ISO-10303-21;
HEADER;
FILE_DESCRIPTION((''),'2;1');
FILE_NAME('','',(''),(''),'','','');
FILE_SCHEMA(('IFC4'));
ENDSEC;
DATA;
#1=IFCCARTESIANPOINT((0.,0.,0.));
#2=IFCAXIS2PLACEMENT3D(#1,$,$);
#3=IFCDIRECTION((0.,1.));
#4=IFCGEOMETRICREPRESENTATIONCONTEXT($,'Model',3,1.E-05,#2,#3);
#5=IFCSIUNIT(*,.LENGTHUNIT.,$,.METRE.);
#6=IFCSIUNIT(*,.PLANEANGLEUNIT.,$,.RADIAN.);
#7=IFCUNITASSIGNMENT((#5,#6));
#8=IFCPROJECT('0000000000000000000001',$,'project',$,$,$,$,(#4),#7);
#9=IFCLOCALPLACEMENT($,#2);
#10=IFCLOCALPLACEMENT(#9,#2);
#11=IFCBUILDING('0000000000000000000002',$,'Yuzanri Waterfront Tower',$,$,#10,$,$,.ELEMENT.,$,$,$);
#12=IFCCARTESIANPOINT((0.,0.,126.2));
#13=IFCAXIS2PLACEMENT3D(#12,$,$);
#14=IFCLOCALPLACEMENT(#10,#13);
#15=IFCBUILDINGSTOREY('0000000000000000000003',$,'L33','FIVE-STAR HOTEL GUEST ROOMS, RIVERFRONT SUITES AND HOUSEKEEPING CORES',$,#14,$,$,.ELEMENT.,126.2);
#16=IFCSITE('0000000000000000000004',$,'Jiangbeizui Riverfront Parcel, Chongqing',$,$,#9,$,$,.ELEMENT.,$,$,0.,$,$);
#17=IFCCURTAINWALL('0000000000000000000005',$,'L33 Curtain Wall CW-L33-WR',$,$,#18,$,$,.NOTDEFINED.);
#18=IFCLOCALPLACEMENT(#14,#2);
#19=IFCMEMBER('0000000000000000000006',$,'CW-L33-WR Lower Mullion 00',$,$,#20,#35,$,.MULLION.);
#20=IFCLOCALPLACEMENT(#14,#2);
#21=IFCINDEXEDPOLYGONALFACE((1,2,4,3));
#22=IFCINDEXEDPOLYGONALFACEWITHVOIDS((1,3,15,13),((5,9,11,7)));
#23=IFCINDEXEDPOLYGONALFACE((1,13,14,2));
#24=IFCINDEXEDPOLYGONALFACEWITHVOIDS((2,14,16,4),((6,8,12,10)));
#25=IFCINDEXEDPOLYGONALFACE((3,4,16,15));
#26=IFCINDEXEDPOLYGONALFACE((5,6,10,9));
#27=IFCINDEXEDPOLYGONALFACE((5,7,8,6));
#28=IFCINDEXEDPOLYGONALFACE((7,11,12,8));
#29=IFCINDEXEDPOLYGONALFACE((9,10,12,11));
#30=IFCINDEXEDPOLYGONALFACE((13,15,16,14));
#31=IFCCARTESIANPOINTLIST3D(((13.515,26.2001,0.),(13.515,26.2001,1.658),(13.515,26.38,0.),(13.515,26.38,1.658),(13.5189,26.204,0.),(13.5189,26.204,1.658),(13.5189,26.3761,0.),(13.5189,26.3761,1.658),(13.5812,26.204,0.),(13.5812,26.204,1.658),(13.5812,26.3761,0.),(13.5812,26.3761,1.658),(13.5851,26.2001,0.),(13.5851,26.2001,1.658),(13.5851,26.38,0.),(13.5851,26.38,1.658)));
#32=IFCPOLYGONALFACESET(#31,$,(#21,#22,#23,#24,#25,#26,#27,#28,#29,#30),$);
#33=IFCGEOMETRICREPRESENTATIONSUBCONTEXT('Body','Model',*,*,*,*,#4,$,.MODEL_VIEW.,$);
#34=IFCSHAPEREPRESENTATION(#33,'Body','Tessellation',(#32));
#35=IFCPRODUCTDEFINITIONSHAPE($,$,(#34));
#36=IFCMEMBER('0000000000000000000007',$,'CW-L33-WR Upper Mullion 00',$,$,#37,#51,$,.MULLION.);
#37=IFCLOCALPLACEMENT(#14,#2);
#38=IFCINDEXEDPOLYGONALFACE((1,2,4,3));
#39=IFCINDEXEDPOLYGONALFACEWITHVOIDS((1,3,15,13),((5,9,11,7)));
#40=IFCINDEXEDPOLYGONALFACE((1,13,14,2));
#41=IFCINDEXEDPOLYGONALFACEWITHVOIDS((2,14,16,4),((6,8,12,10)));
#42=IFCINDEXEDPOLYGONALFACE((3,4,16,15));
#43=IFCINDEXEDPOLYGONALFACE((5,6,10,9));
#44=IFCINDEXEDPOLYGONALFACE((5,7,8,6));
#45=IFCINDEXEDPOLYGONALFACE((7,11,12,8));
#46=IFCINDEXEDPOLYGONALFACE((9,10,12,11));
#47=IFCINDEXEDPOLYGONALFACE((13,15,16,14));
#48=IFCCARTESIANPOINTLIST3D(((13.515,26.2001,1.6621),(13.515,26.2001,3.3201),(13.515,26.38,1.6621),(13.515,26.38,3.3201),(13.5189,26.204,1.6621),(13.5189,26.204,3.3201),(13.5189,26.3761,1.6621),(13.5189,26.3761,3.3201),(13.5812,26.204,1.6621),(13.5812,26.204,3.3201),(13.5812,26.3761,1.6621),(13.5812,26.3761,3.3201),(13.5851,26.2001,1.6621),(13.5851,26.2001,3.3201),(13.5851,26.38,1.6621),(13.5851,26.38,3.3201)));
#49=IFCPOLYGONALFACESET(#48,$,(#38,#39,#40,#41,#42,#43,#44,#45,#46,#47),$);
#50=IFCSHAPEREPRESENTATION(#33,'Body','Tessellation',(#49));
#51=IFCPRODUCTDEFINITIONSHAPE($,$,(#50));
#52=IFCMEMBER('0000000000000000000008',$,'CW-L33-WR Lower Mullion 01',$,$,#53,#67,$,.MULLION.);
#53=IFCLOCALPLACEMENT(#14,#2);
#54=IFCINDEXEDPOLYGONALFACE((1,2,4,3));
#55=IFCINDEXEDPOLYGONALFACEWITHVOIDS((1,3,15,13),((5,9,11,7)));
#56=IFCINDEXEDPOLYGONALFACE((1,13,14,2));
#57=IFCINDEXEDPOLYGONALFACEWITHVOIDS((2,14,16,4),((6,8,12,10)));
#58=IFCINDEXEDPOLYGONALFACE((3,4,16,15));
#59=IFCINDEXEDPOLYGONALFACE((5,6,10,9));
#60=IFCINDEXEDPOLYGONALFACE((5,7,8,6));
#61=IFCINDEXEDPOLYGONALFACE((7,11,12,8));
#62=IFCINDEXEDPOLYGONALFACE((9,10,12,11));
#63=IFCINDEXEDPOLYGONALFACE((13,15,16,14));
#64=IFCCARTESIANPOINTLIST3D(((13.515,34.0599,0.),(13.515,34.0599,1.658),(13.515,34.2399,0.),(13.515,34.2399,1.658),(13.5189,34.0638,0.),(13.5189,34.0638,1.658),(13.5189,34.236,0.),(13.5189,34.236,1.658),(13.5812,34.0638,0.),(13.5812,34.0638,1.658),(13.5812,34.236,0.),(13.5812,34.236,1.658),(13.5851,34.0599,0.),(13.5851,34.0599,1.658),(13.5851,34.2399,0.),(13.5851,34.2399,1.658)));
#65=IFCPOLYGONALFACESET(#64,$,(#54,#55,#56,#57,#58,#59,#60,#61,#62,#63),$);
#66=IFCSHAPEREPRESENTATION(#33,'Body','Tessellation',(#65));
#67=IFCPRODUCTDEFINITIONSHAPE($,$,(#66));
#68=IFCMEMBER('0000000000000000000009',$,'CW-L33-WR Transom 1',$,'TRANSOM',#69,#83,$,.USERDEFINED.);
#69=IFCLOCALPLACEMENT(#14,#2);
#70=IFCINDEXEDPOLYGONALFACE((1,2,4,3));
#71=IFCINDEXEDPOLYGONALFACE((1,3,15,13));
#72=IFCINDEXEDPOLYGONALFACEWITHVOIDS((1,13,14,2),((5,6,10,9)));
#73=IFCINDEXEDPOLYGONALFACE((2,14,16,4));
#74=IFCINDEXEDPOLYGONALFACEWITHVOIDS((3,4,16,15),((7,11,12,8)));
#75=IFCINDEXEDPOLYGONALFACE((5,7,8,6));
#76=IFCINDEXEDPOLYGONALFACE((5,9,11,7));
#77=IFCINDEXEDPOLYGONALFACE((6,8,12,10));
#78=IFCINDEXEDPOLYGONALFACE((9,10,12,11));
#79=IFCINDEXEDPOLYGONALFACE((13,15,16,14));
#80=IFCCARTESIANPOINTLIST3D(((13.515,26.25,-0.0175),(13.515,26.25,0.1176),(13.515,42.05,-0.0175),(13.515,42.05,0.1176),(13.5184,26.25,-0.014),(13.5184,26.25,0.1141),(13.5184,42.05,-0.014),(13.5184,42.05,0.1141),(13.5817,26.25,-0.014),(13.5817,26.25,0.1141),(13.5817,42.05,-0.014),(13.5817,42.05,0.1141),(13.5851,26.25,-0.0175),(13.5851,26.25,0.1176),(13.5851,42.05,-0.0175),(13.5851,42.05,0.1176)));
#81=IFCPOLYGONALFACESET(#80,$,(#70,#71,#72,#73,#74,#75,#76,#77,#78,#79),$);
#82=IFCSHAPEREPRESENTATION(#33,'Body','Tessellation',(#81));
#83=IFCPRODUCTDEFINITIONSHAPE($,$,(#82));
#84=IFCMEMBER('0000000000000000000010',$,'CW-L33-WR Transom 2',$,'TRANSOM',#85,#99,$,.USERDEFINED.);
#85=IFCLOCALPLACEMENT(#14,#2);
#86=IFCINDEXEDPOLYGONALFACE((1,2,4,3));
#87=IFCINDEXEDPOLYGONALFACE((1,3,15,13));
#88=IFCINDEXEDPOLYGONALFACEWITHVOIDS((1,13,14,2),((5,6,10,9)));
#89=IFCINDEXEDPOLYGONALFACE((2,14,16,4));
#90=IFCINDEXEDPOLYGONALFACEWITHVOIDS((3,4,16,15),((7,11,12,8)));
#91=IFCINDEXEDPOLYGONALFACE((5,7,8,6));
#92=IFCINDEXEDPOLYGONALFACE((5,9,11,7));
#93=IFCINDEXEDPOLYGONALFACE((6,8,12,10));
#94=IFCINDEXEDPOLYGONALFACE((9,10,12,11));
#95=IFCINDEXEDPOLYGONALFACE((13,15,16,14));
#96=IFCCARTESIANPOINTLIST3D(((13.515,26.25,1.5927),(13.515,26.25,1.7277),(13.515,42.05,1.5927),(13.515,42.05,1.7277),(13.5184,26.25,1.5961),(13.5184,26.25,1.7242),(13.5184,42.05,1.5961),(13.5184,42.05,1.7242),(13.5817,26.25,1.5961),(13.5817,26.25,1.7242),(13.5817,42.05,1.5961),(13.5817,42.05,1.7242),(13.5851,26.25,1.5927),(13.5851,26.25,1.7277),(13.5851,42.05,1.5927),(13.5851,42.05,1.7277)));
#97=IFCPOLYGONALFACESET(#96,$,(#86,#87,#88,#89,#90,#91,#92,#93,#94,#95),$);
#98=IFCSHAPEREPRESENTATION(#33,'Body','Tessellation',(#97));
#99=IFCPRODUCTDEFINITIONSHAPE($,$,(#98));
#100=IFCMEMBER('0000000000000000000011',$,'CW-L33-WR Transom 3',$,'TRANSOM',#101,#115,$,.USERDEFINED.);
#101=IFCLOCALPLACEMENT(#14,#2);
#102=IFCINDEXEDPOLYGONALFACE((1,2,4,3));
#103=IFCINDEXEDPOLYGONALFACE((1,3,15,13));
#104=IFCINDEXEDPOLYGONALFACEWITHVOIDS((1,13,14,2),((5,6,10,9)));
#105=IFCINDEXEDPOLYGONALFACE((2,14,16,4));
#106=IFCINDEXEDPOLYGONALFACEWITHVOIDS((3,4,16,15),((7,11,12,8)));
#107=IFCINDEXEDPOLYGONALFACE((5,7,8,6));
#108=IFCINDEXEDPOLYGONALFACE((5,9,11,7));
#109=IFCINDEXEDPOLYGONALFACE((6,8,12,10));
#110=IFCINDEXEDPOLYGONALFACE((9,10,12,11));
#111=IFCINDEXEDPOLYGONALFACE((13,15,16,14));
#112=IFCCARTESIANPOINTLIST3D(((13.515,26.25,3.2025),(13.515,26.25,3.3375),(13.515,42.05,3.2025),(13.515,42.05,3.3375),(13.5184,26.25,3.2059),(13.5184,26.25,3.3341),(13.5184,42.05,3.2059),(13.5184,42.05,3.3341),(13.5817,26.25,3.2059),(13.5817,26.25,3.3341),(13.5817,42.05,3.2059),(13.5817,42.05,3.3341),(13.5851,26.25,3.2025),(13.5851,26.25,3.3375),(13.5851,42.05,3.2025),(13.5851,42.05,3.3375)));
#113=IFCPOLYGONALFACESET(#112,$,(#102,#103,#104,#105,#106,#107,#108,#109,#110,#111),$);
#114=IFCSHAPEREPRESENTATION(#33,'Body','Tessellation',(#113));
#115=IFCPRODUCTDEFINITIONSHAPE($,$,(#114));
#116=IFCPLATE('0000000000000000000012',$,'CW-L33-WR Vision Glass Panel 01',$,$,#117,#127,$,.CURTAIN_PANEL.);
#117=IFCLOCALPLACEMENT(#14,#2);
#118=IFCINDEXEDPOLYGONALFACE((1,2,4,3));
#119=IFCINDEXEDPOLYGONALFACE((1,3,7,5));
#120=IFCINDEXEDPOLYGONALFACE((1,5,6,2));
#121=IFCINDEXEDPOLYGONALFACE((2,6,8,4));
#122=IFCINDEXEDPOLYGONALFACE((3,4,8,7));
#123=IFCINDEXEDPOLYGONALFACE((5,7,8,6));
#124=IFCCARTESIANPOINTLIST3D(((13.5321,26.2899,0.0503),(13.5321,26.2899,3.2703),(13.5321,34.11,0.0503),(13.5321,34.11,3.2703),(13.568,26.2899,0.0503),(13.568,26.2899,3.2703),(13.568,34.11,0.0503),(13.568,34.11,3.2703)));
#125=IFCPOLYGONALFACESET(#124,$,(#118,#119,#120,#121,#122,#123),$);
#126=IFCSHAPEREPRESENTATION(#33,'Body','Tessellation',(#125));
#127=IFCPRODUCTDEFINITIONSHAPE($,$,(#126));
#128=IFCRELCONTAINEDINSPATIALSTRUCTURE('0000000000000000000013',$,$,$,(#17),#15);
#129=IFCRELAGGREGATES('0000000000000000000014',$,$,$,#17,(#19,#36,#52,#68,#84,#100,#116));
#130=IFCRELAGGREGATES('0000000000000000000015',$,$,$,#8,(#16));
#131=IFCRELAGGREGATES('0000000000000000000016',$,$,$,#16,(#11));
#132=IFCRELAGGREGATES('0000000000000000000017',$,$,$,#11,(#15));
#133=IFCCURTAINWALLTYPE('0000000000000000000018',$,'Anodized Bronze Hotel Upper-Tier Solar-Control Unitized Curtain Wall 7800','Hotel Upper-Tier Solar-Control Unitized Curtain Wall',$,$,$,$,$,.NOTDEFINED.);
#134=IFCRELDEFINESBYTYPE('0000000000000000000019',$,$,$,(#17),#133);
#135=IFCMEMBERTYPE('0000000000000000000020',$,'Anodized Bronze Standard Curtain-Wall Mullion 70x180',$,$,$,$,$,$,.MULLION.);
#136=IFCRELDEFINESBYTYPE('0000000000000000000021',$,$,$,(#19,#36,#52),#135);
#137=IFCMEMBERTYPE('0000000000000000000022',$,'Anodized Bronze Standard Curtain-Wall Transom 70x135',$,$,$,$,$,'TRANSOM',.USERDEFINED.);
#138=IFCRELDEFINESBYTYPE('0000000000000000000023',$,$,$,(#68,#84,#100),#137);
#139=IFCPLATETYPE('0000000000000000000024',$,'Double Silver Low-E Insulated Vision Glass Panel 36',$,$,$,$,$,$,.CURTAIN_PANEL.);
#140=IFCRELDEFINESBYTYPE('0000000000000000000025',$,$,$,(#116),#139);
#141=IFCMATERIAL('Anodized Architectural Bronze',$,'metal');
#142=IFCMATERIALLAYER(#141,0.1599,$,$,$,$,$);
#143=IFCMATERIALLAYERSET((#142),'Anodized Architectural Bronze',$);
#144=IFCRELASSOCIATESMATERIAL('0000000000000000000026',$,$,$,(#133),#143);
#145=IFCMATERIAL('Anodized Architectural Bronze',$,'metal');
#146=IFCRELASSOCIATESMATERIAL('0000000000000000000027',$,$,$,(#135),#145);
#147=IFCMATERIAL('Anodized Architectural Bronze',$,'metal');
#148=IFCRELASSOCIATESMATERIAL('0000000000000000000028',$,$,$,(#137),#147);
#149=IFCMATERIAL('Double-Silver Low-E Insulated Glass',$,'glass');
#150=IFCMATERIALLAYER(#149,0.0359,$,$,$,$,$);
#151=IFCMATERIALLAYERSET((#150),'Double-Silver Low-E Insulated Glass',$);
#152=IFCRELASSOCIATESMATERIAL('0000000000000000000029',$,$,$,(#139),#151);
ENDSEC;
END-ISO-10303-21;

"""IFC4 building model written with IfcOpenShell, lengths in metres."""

from ifc_helpers import new_model, si_unit, direction, frame, origin, origin_2d, place, context, subcontext, project, spatial, rectangle, hollow_rectangle, extrude, source, transform, mapped, material, layer, layer_set, material_profile, profile_set, type_object, element, aggregate, save


model = new_model("IFC4")

# Units and contexts
model_context = context("Model", 3, precision=1e-05, world=origin(), true_north=direction((0.0, 1.0)))
body_context = subcontext(model_context, "Body", "Model", "MODEL_VIEW")
ifc_project = project(units=[si_unit("LENGTHUNIT", "METRE"), si_unit("PLANEANGLEUNIT", "RADIAN")], contexts=[model_context])

# Site, building, storey
site_placement = place(None, origin())
site = spatial("IfcSite", under=ifc_project, at=site_placement, Name="Jiangbeizui Riverfront Parcel, Chongqing", CompositionType="ELEMENT", RefElevation=0.0)
building_placement = place(site_placement, origin())
building = spatial("IfcBuilding", under=site, at=building_placement, Name="Yuzanri Waterfront Tower", CompositionType="ELEMENT")
storey_placement = place(building_placement, frame((0.0, 0.0, 126.2)))
storey = spatial("IfcBuildingStorey", under=building, at=storey_placement, Name="L33", Description="FIVE-STAR HOTEL GUEST ROOMS, RIVERFRONT SUITES AND HOUSEKEEPING CORES", CompositionType="ELEMENT", Elevation=126.2)

# Shared definitions
ifc_material_1 = material(Name="Anodized Architectural Bronze", Category="metal")
ifc_layer_1 = layer(ifc_material_1, 0.1599)
ifc_layer_set_1 = layer_set([ifc_layer_1], Name="Anodized Architectural Bronze")
curtain_wall_type = type_object("IfcCurtainWallType", Name="Anodized Bronze Hotel Upper-Tier Solar-Control Unitized Curtain Wall 7800", Description="Hotel Upper-Tier Solar-Control Unitized Curtain Wall", PredefinedType="NOTDEFINED", material=ifc_layer_set_1)
ifc_material_2 = material(Name="Anodized Architectural Bronze", Category="metal")
ifc_material_profile_1 = material_profile(ifc_material_2, hollow_rectangle(XDim=0.0701, YDim=0.1799, WallThickness=0.0039, at=origin_2d()), Name="CWM 70x180")
ifc_profile_set_1 = profile_set([ifc_material_profile_1], Name="Anodized Architectural Bronze")
member_type_1 = type_object("IfcMemberType", Name="Anodized Bronze Standard Curtain-Wall Mullion 70x180", PredefinedType="MULLION", material=ifc_profile_set_1)
shared_shape_1 = source(origin(), body_context, "Body", "SweptSolid", [
    extrude(hollow_rectangle(XDim=0.0701, YDim=0.1799, WallThickness=0.0039, at=origin_2d()), origin(), (0.0, 0.0, 1.0), 1.658),
])

# Curtain wall, members, plate
curtain_wall_1_placement = place(storey_placement, origin())
curtain_wall_1 = element("IfcCurtainWall", 1, at=curtain_wall_1_placement, inside=storey, type_object=curtain_wall_type, Name="L33 Curtain Wall CW-L33-WR", PredefinedType="NOTDEFINED")
member_1_placement = place(storey_placement, frame((13.55, 26.29, 0.0), z_axis=(0.0, 0.0, 1.0), x_axis=(1.0, 0.0, 0.0)))
member_1 = element("IfcMember", 2, at=member_1_placement, type_object=member_type_1, Name="CW-L33-WR Lower Mullion 00", PredefinedType="MULLION", context=body_context, shape_type="MappedRepresentation", body=[
    mapped(shared_shape_1, transform((0.0, 0.0, 0.0), scale=1.0)),
])
member_2_placement = place(storey_placement, frame((13.55, 26.29, 1.6621), z_axis=(0.0, 0.0, 1.0), x_axis=(1.0, 0.0, 0.0)))
member_2 = element("IfcMember", 3, at=member_2_placement, type_object=member_type_1, Name="CW-L33-WR Upper Mullion 00", PredefinedType="MULLION", context=body_context, shape_type="MappedRepresentation", body=[
    mapped(shared_shape_1, transform((0.0, 0.0, 0.0), scale=1.0)),
])
member_3_placement = place(storey_placement, frame((13.55, 34.1499, 0.0), z_axis=(0.0, 0.0, 1.0), x_axis=(1.0, 0.0, 0.0)))
member_3 = element("IfcMember", 4, at=member_3_placement, type_object=member_type_1, Name="CW-L33-WR Lower Mullion 01", PredefinedType="MULLION", context=body_context, shape_type="MappedRepresentation", body=[
    mapped(shared_shape_1, transform((0.0, 0.0, 0.0), scale=1.0)),
])
ifc_material_3 = material(Name="Anodized Architectural Bronze", Category="metal")
ifc_material_profile_2 = material_profile(ifc_material_3, hollow_rectangle(XDim=0.0701, YDim=0.135, WallThickness=0.0034, at=origin_2d()), Name="CWT 70x135")
ifc_profile_set_2 = profile_set([ifc_material_profile_2], Name="Anodized Architectural Bronze")
member_type_2 = type_object("IfcMemberType", Name="Anodized Bronze Standard Curtain-Wall Transom 70x135", ElementType="TRANSOM", PredefinedType="USERDEFINED", material=ifc_profile_set_2)
shared_shape_2 = source(origin(), body_context, "Body", "SweptSolid", [
    extrude(hollow_rectangle(XDim=0.0701, YDim=0.135, WallThickness=0.0034, at=origin_2d()), origin(), (0.0, 0.0, 1.0), 15.8),
])
member_4_placement = place(storey_placement, frame((13.55, 26.25, 0.05), z_axis=(0.0, 1.0, 0.0), x_axis=(-1.0, 0.0, 0.0)))
member_4 = element("IfcMember", 5, at=member_4_placement, type_object=member_type_2, Name="CW-L33-WR Transom 1", ObjectType="TRANSOM", PredefinedType="USERDEFINED", context=body_context, shape_type="MappedRepresentation", body=[
    mapped(shared_shape_2, transform((0.0, 0.0, 0.0), scale=1.0)),
])
member_5_placement = place(storey_placement, frame((13.55, 26.25, 1.6602), z_axis=(0.0, 1.0, 0.0), x_axis=(-1.0, 0.0, 0.0)))
member_5 = element("IfcMember", 6, at=member_5_placement, type_object=member_type_2, Name="CW-L33-WR Transom 2", ObjectType="TRANSOM", PredefinedType="USERDEFINED", context=body_context, shape_type="MappedRepresentation", body=[
    mapped(shared_shape_2, transform((0.0, 0.0, 0.0), scale=1.0)),
])
member_6_placement = place(storey_placement, frame((13.55, 26.25, 3.27), z_axis=(0.0, 1.0, 0.0), x_axis=(-1.0, 0.0, 0.0)))
member_6 = element("IfcMember", 7, at=member_6_placement, type_object=member_type_2, Name="CW-L33-WR Transom 3", ObjectType="TRANSOM", PredefinedType="USERDEFINED", context=body_context, shape_type="MappedRepresentation", body=[
    mapped(shared_shape_2, transform((0.0, 0.0, 0.0), scale=1.0)),
])
ifc_material_4 = material(Name="Double-Silver Low-E Insulated Glass", Category="glass")
ifc_layer_2 = layer(ifc_material_4, 0.0359)
ifc_layer_set_2 = layer_set([ifc_layer_2], Name="Double-Silver Low-E Insulated Glass")
plate_type = type_object("IfcPlateType", Name="Double Silver Low-E Insulated Vision Glass Panel 36", PredefinedType="CURTAIN_PANEL", material=ifc_layer_set_2)
shared_shape_3 = source(origin(), body_context, "Body", "SweptSolid", [
    extrude(rectangle(XDim=7.8201, YDim=0.0359, at=origin_2d()), origin(), (0.0, 0.0, 1.0), 3.22),
])
plate_placement = place(storey_placement, frame((13.55, 30.2, 0.0503), z_axis=(0.0, 0.0, 1.0), x_axis=(0.0, 1.0, 0.0)))
plate = element("IfcPlate", 8, at=plate_placement, type_object=plate_type, Name="CW-L33-WR Vision Glass Panel 01", PredefinedType="CURTAIN_PANEL", context=body_context, shape_type="MappedRepresentation", body=[
    mapped(shared_shape_3, transform((0.0, 0.0, 0.0), scale=1.0)),
])
aggregate(curtain_wall_1, [member_1, member_2, member_3, member_4, member_5, member_6, plate])

save(model, "model.ifc")
